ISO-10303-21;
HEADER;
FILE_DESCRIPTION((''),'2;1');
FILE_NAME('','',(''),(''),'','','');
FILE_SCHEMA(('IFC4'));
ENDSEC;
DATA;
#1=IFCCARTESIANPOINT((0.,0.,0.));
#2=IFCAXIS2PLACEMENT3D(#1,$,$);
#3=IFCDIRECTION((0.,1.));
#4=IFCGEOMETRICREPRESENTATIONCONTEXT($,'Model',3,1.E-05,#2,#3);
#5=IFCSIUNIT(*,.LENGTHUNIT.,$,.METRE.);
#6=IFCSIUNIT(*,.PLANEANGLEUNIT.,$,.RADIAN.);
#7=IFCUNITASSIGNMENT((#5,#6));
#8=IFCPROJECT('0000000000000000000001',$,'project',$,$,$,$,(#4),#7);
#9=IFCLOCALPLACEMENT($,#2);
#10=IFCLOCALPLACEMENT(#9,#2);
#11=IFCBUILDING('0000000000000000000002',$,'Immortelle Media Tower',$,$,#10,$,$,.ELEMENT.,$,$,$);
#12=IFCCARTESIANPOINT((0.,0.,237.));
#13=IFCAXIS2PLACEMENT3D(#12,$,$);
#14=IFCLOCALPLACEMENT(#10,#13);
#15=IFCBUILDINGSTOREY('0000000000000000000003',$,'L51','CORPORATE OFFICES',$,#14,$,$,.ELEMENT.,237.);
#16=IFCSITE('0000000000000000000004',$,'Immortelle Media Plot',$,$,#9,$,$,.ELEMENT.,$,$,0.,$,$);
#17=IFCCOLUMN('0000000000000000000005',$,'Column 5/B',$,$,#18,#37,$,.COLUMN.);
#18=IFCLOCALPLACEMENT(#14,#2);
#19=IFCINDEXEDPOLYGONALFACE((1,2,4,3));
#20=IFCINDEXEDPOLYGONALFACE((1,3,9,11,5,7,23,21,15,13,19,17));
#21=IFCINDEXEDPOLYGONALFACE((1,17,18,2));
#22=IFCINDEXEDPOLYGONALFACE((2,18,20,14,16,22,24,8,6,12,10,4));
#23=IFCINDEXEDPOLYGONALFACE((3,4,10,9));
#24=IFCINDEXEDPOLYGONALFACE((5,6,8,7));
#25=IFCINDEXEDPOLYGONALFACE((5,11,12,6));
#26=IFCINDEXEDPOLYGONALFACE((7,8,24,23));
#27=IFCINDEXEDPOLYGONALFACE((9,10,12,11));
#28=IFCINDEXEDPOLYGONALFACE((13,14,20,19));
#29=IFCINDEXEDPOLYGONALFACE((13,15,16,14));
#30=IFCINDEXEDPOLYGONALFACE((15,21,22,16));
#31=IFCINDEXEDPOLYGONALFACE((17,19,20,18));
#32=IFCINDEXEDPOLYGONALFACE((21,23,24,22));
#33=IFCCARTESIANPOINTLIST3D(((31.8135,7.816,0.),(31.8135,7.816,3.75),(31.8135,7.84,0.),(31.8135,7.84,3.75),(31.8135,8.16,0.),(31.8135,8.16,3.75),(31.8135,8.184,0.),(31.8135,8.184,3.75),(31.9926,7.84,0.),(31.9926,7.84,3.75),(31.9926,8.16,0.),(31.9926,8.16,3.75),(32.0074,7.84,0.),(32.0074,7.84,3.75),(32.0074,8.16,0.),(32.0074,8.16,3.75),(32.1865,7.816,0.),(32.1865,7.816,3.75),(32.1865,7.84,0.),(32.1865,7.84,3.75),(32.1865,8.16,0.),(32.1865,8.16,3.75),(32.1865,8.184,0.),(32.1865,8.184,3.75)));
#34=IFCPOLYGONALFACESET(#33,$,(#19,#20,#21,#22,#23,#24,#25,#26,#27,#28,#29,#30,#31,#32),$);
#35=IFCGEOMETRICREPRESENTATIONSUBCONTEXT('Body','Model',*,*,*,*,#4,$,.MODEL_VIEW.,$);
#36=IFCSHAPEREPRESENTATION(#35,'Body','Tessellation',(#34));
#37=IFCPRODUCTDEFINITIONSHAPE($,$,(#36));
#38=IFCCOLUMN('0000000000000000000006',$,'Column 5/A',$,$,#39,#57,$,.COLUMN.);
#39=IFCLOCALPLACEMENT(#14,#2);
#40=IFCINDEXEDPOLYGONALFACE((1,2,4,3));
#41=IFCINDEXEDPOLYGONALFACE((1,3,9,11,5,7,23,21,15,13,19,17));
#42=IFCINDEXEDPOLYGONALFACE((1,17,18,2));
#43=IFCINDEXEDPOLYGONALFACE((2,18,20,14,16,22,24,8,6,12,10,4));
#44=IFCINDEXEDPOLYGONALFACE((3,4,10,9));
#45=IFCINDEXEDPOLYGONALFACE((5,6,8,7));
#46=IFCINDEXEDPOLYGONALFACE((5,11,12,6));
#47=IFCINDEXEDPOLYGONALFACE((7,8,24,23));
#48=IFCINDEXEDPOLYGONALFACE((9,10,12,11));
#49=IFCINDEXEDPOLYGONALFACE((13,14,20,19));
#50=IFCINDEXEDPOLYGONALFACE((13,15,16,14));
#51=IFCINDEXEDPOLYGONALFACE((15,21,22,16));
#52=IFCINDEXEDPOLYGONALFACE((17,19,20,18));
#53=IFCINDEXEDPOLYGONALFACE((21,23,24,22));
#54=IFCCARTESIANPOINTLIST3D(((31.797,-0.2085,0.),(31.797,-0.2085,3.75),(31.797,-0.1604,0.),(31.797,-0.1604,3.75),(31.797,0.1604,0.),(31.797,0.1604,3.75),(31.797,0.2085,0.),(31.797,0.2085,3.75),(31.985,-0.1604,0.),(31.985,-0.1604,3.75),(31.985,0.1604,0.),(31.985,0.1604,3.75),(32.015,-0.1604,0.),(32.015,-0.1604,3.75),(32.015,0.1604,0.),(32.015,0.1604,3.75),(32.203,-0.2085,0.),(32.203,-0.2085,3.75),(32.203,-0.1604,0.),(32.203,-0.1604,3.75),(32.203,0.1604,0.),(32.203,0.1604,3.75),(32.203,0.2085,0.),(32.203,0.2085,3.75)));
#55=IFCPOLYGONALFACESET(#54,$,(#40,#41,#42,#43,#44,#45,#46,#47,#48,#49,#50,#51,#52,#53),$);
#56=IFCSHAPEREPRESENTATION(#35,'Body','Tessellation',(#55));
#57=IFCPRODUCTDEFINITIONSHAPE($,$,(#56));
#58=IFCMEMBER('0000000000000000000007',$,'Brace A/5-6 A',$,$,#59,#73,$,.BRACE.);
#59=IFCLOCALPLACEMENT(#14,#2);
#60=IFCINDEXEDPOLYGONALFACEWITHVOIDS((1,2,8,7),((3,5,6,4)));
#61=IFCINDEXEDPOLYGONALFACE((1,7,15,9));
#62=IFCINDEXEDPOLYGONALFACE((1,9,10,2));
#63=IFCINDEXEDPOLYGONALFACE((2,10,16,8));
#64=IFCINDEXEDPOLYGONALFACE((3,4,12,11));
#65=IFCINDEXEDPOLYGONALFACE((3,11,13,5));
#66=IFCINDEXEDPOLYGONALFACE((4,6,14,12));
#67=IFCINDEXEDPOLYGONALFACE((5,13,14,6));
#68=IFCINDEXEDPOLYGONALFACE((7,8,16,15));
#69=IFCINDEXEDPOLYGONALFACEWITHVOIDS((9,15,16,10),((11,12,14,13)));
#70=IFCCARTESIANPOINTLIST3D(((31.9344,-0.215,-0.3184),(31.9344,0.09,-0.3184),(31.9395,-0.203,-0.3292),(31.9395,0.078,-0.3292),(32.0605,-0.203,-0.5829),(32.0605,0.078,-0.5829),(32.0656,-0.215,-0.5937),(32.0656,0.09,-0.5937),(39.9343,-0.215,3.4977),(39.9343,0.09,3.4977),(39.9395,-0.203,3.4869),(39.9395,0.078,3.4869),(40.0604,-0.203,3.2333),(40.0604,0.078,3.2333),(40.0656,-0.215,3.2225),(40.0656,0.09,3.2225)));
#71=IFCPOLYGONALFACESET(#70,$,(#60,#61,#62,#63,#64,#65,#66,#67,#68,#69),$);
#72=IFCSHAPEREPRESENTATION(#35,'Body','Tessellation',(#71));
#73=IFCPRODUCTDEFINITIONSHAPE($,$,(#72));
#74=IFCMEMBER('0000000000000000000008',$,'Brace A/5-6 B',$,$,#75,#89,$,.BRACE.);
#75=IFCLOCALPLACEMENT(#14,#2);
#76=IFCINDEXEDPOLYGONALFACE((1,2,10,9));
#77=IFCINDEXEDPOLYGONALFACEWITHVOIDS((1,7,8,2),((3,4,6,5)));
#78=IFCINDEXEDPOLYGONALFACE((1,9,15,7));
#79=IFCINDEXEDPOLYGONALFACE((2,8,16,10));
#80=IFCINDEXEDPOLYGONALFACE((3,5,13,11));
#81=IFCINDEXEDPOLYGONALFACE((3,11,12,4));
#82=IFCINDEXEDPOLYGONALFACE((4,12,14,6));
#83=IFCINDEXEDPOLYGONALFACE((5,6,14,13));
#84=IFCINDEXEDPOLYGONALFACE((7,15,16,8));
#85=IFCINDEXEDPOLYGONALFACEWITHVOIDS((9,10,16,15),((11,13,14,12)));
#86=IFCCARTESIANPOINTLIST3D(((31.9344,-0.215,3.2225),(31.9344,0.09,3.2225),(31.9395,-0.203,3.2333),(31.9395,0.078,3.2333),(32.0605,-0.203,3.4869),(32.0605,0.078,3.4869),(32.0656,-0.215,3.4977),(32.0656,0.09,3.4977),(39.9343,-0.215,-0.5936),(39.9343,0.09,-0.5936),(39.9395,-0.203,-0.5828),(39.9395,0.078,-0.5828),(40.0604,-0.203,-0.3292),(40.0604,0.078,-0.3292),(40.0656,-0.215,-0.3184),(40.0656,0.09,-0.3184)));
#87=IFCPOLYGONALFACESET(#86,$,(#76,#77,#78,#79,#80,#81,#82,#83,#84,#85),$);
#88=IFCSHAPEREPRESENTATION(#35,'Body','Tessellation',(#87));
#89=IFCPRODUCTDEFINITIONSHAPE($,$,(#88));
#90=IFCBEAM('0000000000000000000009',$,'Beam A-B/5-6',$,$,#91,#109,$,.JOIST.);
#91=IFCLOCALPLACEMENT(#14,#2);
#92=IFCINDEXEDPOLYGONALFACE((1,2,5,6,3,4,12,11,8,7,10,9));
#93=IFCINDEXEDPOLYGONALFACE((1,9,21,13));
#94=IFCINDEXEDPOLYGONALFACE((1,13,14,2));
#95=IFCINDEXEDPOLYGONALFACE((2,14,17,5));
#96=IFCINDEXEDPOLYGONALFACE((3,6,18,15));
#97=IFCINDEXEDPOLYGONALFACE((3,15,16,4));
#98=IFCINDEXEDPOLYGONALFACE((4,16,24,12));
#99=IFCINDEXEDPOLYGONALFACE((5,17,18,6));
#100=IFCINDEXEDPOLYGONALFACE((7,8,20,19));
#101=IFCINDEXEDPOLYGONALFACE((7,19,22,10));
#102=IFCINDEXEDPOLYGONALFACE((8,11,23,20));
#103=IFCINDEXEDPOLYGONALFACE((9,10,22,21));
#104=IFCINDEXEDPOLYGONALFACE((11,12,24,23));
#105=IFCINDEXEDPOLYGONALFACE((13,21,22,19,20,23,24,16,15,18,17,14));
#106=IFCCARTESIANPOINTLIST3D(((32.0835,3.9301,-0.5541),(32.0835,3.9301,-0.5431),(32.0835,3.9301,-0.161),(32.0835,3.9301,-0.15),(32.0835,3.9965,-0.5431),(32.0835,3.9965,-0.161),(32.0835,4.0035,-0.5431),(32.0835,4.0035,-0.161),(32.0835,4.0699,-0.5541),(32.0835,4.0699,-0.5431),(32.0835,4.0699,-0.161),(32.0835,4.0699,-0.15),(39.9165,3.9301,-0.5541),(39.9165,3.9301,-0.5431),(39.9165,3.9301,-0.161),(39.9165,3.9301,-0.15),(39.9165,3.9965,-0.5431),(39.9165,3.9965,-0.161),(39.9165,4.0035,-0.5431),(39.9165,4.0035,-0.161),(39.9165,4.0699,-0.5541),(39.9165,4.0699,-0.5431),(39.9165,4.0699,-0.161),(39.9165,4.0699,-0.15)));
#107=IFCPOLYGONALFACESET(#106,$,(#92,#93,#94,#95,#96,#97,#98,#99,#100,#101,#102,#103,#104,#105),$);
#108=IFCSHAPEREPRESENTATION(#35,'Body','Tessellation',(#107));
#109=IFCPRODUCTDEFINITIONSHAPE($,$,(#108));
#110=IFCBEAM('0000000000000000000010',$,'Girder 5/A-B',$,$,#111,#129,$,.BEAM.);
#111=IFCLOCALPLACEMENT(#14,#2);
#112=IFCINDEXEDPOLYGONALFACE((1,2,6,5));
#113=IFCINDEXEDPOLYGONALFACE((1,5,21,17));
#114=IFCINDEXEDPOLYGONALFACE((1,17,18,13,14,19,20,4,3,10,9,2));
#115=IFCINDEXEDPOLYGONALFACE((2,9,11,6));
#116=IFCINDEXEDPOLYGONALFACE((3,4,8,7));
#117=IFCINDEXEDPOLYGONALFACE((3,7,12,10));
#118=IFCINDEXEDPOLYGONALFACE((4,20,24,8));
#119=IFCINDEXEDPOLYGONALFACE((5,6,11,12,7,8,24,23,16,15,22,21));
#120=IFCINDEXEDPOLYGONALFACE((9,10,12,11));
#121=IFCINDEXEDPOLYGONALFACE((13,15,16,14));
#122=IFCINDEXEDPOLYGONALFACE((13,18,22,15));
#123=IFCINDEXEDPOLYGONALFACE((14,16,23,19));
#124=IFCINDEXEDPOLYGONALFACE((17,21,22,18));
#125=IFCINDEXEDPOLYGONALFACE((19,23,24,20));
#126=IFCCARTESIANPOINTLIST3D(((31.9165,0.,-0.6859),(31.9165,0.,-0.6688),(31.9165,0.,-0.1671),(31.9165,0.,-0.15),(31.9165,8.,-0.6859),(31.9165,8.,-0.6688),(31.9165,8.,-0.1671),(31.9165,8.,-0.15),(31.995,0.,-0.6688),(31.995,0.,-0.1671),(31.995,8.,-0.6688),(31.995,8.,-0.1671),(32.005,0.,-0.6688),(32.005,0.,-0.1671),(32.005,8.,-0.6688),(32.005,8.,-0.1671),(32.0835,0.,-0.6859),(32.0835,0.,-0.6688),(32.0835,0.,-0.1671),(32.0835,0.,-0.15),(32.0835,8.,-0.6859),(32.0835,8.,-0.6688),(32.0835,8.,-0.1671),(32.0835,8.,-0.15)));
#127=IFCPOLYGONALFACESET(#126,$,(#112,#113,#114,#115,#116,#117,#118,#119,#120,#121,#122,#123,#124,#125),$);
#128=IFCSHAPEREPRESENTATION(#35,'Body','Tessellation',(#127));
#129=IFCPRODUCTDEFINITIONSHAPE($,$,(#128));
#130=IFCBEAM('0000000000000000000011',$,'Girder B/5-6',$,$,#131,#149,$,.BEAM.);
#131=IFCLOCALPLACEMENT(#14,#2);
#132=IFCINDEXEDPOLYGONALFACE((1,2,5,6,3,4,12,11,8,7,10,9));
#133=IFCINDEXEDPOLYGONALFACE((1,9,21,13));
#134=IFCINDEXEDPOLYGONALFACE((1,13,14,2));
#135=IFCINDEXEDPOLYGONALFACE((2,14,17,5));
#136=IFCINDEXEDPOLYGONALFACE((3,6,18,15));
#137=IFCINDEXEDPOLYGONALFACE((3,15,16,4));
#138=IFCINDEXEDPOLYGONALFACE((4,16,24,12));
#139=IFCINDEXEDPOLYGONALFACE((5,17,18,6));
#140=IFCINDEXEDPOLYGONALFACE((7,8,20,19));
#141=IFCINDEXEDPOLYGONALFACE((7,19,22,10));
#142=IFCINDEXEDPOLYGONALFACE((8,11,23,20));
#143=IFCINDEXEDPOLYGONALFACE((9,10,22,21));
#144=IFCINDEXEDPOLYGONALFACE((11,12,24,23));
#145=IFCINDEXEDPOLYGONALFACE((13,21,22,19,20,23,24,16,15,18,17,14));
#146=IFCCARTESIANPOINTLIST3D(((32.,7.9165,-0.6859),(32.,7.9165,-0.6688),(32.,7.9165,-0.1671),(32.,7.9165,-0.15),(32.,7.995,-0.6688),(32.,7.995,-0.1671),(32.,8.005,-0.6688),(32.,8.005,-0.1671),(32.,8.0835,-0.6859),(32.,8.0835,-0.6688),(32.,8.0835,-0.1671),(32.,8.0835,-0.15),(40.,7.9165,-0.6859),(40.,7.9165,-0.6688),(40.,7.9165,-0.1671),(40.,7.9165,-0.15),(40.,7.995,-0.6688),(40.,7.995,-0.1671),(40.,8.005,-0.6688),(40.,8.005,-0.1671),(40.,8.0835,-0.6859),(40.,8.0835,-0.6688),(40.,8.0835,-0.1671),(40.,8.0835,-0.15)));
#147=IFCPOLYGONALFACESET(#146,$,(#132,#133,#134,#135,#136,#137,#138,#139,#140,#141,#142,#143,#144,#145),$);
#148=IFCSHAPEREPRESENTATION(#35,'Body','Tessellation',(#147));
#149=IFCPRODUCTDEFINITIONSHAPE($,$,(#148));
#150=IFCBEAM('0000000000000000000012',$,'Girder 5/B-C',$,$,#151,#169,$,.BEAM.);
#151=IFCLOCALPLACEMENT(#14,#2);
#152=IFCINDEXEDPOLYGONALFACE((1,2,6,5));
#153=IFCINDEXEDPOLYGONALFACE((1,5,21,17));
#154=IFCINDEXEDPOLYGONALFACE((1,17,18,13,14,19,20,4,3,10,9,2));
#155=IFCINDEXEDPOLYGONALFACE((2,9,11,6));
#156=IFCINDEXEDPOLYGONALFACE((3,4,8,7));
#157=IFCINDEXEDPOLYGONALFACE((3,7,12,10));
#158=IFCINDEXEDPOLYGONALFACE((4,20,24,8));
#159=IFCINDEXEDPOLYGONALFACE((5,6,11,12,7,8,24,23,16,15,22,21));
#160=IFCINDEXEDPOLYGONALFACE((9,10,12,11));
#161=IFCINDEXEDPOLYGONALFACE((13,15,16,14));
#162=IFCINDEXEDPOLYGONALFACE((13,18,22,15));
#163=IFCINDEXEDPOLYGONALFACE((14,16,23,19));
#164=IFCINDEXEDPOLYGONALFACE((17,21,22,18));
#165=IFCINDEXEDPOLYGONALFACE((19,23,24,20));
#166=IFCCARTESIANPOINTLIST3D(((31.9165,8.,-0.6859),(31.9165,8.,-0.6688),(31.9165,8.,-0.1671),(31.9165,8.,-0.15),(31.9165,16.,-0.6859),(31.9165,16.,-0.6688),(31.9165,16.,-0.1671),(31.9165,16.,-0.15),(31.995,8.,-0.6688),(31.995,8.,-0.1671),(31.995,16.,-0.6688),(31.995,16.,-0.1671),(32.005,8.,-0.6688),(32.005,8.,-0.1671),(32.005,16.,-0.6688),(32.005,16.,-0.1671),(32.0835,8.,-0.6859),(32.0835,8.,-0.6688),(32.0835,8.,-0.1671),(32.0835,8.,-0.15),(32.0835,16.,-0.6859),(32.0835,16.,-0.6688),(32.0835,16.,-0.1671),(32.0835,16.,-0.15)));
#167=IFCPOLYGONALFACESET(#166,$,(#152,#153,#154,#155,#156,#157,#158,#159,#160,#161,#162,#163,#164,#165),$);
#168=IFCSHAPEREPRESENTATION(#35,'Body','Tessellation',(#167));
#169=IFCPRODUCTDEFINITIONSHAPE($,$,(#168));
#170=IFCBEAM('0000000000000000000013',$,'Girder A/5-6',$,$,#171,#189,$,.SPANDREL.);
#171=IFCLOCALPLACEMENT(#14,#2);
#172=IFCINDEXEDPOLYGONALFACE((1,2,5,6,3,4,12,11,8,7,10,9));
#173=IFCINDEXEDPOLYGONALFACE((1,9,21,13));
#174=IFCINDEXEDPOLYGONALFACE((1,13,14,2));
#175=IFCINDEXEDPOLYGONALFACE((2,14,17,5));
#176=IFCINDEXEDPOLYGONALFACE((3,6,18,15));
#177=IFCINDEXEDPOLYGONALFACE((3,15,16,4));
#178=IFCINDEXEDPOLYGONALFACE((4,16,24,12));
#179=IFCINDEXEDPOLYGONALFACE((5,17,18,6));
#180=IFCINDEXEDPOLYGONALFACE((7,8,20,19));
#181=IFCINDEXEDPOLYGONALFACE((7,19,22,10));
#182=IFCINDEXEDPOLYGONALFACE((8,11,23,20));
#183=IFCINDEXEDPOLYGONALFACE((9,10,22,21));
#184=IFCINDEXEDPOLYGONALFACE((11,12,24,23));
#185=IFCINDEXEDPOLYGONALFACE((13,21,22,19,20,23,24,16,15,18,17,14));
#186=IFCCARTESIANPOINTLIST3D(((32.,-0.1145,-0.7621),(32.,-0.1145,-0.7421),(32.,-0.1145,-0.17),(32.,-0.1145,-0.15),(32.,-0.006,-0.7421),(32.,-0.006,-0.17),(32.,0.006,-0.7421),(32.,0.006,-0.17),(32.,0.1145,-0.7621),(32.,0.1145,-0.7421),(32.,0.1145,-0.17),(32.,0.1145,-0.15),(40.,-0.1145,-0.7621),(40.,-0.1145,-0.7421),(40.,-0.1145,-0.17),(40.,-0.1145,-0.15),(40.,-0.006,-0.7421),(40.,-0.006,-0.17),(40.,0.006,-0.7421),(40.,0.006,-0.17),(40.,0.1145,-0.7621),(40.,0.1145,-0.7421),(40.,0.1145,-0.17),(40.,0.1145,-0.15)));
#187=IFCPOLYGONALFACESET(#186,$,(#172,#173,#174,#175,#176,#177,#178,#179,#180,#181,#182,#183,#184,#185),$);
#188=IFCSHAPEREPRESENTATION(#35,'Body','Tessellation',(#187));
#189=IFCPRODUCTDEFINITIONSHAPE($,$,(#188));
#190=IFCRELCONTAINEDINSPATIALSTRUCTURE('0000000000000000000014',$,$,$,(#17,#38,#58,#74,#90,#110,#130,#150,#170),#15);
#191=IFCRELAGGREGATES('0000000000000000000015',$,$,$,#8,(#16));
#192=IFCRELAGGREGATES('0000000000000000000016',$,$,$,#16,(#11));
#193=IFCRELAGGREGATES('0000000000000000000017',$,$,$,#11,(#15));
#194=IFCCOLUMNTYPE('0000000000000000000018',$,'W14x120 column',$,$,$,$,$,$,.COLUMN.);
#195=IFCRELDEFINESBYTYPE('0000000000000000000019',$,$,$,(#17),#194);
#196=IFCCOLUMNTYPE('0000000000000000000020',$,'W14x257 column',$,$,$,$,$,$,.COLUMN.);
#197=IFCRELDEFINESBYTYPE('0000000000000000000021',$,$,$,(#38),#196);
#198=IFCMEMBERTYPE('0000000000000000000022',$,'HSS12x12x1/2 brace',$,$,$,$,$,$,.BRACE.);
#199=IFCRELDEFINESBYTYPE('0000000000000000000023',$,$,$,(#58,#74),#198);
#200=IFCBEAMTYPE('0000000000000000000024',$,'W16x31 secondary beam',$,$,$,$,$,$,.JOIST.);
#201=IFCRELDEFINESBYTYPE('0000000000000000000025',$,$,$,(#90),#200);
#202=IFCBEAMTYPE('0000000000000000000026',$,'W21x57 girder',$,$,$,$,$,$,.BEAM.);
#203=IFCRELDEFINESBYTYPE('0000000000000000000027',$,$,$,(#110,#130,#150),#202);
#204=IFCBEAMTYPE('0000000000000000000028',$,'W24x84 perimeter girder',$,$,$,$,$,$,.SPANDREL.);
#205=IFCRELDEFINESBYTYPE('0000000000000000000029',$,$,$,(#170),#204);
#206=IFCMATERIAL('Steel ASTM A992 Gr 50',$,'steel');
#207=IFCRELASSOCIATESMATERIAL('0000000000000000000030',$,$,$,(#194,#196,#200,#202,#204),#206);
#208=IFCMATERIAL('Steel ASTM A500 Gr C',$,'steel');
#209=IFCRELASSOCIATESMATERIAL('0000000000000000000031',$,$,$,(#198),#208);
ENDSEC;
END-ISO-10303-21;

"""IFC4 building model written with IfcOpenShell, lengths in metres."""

from ifc_helpers import new_model, si_unit, direction, frame, origin, origin_2d, place, context, subcontext, project, spatial, hollow_rectangle, i_section, extrude, material, material_profile, profile_set, type_object, element, save


model = new_model("IFC4")

# Units and contexts
model_context = context("Model", 3, precision=1e-05, world=origin(), true_north=direction((0.0, 1.0)))
body_context = subcontext(model_context, "Body", "Model", "MODEL_VIEW")
ifc_project = project(units=[si_unit("LENGTHUNIT", "METRE"), si_unit("PLANEANGLEUNIT", "RADIAN")], contexts=[model_context])

# Site, building, storey
site_placement = place(None, origin())
site = spatial("IfcSite", under=ifc_project, at=site_placement, Name="Immortelle Media Plot", CompositionType="ELEMENT", RefElevation=0.0)
building_placement = place(site_placement, origin())
building = spatial("IfcBuilding", under=site, at=building_placement, Name="Immortelle Media Tower", CompositionType="ELEMENT")
storey_placement = place(building_placement, frame((0.0, 0.0, 237.0)))
storey = spatial("IfcBuildingStorey", under=building, at=storey_placement, Name="L51", Description="CORPORATE OFFICES", CompositionType="ELEMENT", Elevation=237.0)

# Columns
ifc_material_1 = material(Name="Steel ASTM A992 Gr 50", Category="steel")
ifc_material_profile_1 = material_profile(ifc_material_1, i_section(OverallWidth=0.373, OverallDepth=0.3679, WebThickness=0.0149, FlangeThickness=0.0239, at=origin_2d()), Name="W14x120")
ifc_profile_set_1 = profile_set([ifc_material_profile_1], Name="Steel ASTM A992 Gr 50")
column_type_1 = type_object("IfcColumnType", Name="W14x120 column", PredefinedType="COLUMN", material=ifc_profile_set_1)
column_1_placement = place(storey_placement, frame((32.0, 8.0, 0.0), z_axis=(0.0, 0.0, 1.0), x_axis=(1.0, 0.0, 0.0)))
element("IfcColumn", 1, at=column_1_placement, inside=storey, type_object=column_type_1, Name="Column 5/B", PredefinedType="COLUMN", context=body_context, shape_type="SweptSolid", body=[
    extrude(i_section(OverallWidth=0.373, OverallDepth=0.3679, WebThickness=0.0149, FlangeThickness=0.0239, at=origin_2d()), origin(), (0.0, 0.0, 1.0), 3.75),
])
ifc_material_profile_2 = material_profile(ifc_material_1, i_section(OverallWidth=0.406, OverallDepth=0.417, WebThickness=0.03, FlangeThickness=0.0481, at=origin_2d()), Name="W14x257")
ifc_profile_set_2 = profile_set([ifc_material_profile_2], Name="Steel ASTM A992 Gr 50")
column_type_2 = type_object("IfcColumnType", Name="W14x257 column", PredefinedType="COLUMN", material=ifc_profile_set_2)
column_2_placement = place(storey_placement, frame((32.0, 0.0, 0.0), z_axis=(0.0, 0.0, 1.0), x_axis=(1.0, 0.0, 0.0)))
element("IfcColumn", 2, at=column_2_placement, inside=storey, type_object=column_type_2, Name="Column 5/A", PredefinedType="COLUMN", context=body_context, shape_type="SweptSolid", body=[
    extrude(i_section(OverallWidth=0.406, OverallDepth=0.417, WebThickness=0.03, FlangeThickness=0.0481, at=origin_2d()), origin(), (0.0, 0.0, 1.0), 3.75),
])

# Members
ifc_material_2 = material(Name="Steel ASTM A500 Gr C", Category="steel")
ifc_material_profile_3 = material_profile(ifc_material_2, hollow_rectangle(XDim=0.3049, YDim=0.3049, WallThickness=0.012, at=origin_2d()), Name="HSS12x12x1/2 brace")
ifc_profile_set_3 = profile_set([ifc_material_profile_3], Name="Steel ASTM A500 Gr C")
member_type = type_object("IfcMemberType", Name="HSS12x12x1/2 brace", PredefinedType="BRACE", material=ifc_profile_set_3)
for number, where, z_axis, x_axis, name in (
    (3, (32.0, -0.0625, -0.4561), (0.90257, 0.0, 0.430544), (0.0, 1.0, 0.0), "Brace A/5-6 A"),
    (4, (32.0, -0.0625, 3.3601), (0.90257, 0.0, -0.430544), (0.0, 1.0, 0.0), "Brace A/5-6 B"),
):
    element("IfcMember", number, at=place(storey_placement, frame(where, z_axis=z_axis, x_axis=x_axis)), inside=storey, type_object=member_type, Name=name, PredefinedType="BRACE", context=body_context, shape_type="SweptSolid", body=[
        extrude(hollow_rectangle(XDim=0.3049, YDim=0.3049, WallThickness=0.012, at=origin_2d()), origin(), (0.0, 0.0, 1.0), 8.8635),
    ])

# Beams
ifc_material_profile_4 = material_profile(ifc_material_1, i_section(OverallWidth=0.1399, OverallDepth=0.4041, WebThickness=0.0071, FlangeThickness=0.011, at=origin_2d()), Name="W16x31")
ifc_profile_set_4 = profile_set([ifc_material_profile_4], Name="Steel ASTM A992 Gr 50")
beam_type_1 = type_object("IfcBeamType", Name="W16x31 secondary beam", PredefinedType="JOIST", material=ifc_profile_set_4)
beam_1_placement = place(storey_placement, frame((32.0835, 4.0, -0.3521), z_axis=(1.0, 0.0, 0.0), x_axis=(0.0, 1.0, 0.0)))
element("IfcBeam", 5, at=beam_1_placement, inside=storey, type_object=beam_type_1, Name="Beam A-B/5-6", PredefinedType="JOIST", context=body_context, shape_type="SweptSolid", body=[
    extrude(i_section(OverallWidth=0.1399, OverallDepth=0.4041, WebThickness=0.0071, FlangeThickness=0.011, at=origin_2d()), origin(), (0.0, 0.0, 1.0), 7.833),
])
ifc_material_profile_5 = material_profile(ifc_material_1, i_section(OverallWidth=0.167, OverallDepth=0.5359, WebThickness=0.01, FlangeThickness=0.0171, at=origin_2d()), Name="W21x57")
ifc_profile_set_5 = profile_set([ifc_material_profile_5], Name="Steel ASTM A992 Gr 50")
beam_type_2 = type_object("IfcBeamType", Name="W21x57 girder", PredefinedType="BEAM", material=ifc_profile_set_5)
for number, where, z_axis, x_axis, name in (
    (6, (32.0, 0.0, -0.418), (0.0, 1.0, 0.0), (-1.0, 0.0, 0.0), "Girder 5/A-B"),
    (7, (32.0, 8.0, -0.418), (1.0, 0.0, 0.0), (0.0, 1.0, 0.0), "Girder B/5-6"),
    (8, (32.0, 8.0, -0.418), (0.0, 1.0, 0.0), (-1.0, 0.0, 0.0), "Girder 5/B-C"),
):
    element("IfcBeam", number, at=place(storey_placement, frame(where, z_axis=z_axis, x_axis=x_axis)), inside=storey, type_object=beam_type_2, Name=name, PredefinedType="BEAM", context=body_context, shape_type="SweptSolid", body=[
        extrude(i_section(OverallWidth=0.167, OverallDepth=0.5359, WebThickness=0.01, FlangeThickness=0.0171, at=origin_2d()), origin(), (0.0, 0.0, 1.0), 8.0),
    ])
ifc_material_profile_6 = material_profile(ifc_material_1, i_section(OverallWidth=0.229, OverallDepth=0.6121, WebThickness=0.012, FlangeThickness=0.02, at=origin_2d()), Name="W24x84")
ifc_profile_set_6 = profile_set([ifc_material_profile_6], Name="Steel ASTM A992 Gr 50")
beam_type_3 = type_object("IfcBeamType", Name="W24x84 perimeter girder", PredefinedType="SPANDREL", material=ifc_profile_set_6)
beam_2_placement = place(storey_placement, frame((32.0, 0.0, -0.4561), z_axis=(1.0, 0.0, 0.0), x_axis=(0.0, 1.0, 0.0)))
element("IfcBeam", 9, at=beam_2_placement, inside=storey, type_object=beam_type_3, Name="Girder A/5-6", PredefinedType="SPANDREL", context=body_context, shape_type="SweptSolid", body=[
    extrude(i_section(OverallWidth=0.229, OverallDepth=0.6121, WebThickness=0.012, FlangeThickness=0.02, at=origin_2d()), origin(), (0.0, 0.0, 1.0), 8.0),
])

save(model, "model.ifc")
